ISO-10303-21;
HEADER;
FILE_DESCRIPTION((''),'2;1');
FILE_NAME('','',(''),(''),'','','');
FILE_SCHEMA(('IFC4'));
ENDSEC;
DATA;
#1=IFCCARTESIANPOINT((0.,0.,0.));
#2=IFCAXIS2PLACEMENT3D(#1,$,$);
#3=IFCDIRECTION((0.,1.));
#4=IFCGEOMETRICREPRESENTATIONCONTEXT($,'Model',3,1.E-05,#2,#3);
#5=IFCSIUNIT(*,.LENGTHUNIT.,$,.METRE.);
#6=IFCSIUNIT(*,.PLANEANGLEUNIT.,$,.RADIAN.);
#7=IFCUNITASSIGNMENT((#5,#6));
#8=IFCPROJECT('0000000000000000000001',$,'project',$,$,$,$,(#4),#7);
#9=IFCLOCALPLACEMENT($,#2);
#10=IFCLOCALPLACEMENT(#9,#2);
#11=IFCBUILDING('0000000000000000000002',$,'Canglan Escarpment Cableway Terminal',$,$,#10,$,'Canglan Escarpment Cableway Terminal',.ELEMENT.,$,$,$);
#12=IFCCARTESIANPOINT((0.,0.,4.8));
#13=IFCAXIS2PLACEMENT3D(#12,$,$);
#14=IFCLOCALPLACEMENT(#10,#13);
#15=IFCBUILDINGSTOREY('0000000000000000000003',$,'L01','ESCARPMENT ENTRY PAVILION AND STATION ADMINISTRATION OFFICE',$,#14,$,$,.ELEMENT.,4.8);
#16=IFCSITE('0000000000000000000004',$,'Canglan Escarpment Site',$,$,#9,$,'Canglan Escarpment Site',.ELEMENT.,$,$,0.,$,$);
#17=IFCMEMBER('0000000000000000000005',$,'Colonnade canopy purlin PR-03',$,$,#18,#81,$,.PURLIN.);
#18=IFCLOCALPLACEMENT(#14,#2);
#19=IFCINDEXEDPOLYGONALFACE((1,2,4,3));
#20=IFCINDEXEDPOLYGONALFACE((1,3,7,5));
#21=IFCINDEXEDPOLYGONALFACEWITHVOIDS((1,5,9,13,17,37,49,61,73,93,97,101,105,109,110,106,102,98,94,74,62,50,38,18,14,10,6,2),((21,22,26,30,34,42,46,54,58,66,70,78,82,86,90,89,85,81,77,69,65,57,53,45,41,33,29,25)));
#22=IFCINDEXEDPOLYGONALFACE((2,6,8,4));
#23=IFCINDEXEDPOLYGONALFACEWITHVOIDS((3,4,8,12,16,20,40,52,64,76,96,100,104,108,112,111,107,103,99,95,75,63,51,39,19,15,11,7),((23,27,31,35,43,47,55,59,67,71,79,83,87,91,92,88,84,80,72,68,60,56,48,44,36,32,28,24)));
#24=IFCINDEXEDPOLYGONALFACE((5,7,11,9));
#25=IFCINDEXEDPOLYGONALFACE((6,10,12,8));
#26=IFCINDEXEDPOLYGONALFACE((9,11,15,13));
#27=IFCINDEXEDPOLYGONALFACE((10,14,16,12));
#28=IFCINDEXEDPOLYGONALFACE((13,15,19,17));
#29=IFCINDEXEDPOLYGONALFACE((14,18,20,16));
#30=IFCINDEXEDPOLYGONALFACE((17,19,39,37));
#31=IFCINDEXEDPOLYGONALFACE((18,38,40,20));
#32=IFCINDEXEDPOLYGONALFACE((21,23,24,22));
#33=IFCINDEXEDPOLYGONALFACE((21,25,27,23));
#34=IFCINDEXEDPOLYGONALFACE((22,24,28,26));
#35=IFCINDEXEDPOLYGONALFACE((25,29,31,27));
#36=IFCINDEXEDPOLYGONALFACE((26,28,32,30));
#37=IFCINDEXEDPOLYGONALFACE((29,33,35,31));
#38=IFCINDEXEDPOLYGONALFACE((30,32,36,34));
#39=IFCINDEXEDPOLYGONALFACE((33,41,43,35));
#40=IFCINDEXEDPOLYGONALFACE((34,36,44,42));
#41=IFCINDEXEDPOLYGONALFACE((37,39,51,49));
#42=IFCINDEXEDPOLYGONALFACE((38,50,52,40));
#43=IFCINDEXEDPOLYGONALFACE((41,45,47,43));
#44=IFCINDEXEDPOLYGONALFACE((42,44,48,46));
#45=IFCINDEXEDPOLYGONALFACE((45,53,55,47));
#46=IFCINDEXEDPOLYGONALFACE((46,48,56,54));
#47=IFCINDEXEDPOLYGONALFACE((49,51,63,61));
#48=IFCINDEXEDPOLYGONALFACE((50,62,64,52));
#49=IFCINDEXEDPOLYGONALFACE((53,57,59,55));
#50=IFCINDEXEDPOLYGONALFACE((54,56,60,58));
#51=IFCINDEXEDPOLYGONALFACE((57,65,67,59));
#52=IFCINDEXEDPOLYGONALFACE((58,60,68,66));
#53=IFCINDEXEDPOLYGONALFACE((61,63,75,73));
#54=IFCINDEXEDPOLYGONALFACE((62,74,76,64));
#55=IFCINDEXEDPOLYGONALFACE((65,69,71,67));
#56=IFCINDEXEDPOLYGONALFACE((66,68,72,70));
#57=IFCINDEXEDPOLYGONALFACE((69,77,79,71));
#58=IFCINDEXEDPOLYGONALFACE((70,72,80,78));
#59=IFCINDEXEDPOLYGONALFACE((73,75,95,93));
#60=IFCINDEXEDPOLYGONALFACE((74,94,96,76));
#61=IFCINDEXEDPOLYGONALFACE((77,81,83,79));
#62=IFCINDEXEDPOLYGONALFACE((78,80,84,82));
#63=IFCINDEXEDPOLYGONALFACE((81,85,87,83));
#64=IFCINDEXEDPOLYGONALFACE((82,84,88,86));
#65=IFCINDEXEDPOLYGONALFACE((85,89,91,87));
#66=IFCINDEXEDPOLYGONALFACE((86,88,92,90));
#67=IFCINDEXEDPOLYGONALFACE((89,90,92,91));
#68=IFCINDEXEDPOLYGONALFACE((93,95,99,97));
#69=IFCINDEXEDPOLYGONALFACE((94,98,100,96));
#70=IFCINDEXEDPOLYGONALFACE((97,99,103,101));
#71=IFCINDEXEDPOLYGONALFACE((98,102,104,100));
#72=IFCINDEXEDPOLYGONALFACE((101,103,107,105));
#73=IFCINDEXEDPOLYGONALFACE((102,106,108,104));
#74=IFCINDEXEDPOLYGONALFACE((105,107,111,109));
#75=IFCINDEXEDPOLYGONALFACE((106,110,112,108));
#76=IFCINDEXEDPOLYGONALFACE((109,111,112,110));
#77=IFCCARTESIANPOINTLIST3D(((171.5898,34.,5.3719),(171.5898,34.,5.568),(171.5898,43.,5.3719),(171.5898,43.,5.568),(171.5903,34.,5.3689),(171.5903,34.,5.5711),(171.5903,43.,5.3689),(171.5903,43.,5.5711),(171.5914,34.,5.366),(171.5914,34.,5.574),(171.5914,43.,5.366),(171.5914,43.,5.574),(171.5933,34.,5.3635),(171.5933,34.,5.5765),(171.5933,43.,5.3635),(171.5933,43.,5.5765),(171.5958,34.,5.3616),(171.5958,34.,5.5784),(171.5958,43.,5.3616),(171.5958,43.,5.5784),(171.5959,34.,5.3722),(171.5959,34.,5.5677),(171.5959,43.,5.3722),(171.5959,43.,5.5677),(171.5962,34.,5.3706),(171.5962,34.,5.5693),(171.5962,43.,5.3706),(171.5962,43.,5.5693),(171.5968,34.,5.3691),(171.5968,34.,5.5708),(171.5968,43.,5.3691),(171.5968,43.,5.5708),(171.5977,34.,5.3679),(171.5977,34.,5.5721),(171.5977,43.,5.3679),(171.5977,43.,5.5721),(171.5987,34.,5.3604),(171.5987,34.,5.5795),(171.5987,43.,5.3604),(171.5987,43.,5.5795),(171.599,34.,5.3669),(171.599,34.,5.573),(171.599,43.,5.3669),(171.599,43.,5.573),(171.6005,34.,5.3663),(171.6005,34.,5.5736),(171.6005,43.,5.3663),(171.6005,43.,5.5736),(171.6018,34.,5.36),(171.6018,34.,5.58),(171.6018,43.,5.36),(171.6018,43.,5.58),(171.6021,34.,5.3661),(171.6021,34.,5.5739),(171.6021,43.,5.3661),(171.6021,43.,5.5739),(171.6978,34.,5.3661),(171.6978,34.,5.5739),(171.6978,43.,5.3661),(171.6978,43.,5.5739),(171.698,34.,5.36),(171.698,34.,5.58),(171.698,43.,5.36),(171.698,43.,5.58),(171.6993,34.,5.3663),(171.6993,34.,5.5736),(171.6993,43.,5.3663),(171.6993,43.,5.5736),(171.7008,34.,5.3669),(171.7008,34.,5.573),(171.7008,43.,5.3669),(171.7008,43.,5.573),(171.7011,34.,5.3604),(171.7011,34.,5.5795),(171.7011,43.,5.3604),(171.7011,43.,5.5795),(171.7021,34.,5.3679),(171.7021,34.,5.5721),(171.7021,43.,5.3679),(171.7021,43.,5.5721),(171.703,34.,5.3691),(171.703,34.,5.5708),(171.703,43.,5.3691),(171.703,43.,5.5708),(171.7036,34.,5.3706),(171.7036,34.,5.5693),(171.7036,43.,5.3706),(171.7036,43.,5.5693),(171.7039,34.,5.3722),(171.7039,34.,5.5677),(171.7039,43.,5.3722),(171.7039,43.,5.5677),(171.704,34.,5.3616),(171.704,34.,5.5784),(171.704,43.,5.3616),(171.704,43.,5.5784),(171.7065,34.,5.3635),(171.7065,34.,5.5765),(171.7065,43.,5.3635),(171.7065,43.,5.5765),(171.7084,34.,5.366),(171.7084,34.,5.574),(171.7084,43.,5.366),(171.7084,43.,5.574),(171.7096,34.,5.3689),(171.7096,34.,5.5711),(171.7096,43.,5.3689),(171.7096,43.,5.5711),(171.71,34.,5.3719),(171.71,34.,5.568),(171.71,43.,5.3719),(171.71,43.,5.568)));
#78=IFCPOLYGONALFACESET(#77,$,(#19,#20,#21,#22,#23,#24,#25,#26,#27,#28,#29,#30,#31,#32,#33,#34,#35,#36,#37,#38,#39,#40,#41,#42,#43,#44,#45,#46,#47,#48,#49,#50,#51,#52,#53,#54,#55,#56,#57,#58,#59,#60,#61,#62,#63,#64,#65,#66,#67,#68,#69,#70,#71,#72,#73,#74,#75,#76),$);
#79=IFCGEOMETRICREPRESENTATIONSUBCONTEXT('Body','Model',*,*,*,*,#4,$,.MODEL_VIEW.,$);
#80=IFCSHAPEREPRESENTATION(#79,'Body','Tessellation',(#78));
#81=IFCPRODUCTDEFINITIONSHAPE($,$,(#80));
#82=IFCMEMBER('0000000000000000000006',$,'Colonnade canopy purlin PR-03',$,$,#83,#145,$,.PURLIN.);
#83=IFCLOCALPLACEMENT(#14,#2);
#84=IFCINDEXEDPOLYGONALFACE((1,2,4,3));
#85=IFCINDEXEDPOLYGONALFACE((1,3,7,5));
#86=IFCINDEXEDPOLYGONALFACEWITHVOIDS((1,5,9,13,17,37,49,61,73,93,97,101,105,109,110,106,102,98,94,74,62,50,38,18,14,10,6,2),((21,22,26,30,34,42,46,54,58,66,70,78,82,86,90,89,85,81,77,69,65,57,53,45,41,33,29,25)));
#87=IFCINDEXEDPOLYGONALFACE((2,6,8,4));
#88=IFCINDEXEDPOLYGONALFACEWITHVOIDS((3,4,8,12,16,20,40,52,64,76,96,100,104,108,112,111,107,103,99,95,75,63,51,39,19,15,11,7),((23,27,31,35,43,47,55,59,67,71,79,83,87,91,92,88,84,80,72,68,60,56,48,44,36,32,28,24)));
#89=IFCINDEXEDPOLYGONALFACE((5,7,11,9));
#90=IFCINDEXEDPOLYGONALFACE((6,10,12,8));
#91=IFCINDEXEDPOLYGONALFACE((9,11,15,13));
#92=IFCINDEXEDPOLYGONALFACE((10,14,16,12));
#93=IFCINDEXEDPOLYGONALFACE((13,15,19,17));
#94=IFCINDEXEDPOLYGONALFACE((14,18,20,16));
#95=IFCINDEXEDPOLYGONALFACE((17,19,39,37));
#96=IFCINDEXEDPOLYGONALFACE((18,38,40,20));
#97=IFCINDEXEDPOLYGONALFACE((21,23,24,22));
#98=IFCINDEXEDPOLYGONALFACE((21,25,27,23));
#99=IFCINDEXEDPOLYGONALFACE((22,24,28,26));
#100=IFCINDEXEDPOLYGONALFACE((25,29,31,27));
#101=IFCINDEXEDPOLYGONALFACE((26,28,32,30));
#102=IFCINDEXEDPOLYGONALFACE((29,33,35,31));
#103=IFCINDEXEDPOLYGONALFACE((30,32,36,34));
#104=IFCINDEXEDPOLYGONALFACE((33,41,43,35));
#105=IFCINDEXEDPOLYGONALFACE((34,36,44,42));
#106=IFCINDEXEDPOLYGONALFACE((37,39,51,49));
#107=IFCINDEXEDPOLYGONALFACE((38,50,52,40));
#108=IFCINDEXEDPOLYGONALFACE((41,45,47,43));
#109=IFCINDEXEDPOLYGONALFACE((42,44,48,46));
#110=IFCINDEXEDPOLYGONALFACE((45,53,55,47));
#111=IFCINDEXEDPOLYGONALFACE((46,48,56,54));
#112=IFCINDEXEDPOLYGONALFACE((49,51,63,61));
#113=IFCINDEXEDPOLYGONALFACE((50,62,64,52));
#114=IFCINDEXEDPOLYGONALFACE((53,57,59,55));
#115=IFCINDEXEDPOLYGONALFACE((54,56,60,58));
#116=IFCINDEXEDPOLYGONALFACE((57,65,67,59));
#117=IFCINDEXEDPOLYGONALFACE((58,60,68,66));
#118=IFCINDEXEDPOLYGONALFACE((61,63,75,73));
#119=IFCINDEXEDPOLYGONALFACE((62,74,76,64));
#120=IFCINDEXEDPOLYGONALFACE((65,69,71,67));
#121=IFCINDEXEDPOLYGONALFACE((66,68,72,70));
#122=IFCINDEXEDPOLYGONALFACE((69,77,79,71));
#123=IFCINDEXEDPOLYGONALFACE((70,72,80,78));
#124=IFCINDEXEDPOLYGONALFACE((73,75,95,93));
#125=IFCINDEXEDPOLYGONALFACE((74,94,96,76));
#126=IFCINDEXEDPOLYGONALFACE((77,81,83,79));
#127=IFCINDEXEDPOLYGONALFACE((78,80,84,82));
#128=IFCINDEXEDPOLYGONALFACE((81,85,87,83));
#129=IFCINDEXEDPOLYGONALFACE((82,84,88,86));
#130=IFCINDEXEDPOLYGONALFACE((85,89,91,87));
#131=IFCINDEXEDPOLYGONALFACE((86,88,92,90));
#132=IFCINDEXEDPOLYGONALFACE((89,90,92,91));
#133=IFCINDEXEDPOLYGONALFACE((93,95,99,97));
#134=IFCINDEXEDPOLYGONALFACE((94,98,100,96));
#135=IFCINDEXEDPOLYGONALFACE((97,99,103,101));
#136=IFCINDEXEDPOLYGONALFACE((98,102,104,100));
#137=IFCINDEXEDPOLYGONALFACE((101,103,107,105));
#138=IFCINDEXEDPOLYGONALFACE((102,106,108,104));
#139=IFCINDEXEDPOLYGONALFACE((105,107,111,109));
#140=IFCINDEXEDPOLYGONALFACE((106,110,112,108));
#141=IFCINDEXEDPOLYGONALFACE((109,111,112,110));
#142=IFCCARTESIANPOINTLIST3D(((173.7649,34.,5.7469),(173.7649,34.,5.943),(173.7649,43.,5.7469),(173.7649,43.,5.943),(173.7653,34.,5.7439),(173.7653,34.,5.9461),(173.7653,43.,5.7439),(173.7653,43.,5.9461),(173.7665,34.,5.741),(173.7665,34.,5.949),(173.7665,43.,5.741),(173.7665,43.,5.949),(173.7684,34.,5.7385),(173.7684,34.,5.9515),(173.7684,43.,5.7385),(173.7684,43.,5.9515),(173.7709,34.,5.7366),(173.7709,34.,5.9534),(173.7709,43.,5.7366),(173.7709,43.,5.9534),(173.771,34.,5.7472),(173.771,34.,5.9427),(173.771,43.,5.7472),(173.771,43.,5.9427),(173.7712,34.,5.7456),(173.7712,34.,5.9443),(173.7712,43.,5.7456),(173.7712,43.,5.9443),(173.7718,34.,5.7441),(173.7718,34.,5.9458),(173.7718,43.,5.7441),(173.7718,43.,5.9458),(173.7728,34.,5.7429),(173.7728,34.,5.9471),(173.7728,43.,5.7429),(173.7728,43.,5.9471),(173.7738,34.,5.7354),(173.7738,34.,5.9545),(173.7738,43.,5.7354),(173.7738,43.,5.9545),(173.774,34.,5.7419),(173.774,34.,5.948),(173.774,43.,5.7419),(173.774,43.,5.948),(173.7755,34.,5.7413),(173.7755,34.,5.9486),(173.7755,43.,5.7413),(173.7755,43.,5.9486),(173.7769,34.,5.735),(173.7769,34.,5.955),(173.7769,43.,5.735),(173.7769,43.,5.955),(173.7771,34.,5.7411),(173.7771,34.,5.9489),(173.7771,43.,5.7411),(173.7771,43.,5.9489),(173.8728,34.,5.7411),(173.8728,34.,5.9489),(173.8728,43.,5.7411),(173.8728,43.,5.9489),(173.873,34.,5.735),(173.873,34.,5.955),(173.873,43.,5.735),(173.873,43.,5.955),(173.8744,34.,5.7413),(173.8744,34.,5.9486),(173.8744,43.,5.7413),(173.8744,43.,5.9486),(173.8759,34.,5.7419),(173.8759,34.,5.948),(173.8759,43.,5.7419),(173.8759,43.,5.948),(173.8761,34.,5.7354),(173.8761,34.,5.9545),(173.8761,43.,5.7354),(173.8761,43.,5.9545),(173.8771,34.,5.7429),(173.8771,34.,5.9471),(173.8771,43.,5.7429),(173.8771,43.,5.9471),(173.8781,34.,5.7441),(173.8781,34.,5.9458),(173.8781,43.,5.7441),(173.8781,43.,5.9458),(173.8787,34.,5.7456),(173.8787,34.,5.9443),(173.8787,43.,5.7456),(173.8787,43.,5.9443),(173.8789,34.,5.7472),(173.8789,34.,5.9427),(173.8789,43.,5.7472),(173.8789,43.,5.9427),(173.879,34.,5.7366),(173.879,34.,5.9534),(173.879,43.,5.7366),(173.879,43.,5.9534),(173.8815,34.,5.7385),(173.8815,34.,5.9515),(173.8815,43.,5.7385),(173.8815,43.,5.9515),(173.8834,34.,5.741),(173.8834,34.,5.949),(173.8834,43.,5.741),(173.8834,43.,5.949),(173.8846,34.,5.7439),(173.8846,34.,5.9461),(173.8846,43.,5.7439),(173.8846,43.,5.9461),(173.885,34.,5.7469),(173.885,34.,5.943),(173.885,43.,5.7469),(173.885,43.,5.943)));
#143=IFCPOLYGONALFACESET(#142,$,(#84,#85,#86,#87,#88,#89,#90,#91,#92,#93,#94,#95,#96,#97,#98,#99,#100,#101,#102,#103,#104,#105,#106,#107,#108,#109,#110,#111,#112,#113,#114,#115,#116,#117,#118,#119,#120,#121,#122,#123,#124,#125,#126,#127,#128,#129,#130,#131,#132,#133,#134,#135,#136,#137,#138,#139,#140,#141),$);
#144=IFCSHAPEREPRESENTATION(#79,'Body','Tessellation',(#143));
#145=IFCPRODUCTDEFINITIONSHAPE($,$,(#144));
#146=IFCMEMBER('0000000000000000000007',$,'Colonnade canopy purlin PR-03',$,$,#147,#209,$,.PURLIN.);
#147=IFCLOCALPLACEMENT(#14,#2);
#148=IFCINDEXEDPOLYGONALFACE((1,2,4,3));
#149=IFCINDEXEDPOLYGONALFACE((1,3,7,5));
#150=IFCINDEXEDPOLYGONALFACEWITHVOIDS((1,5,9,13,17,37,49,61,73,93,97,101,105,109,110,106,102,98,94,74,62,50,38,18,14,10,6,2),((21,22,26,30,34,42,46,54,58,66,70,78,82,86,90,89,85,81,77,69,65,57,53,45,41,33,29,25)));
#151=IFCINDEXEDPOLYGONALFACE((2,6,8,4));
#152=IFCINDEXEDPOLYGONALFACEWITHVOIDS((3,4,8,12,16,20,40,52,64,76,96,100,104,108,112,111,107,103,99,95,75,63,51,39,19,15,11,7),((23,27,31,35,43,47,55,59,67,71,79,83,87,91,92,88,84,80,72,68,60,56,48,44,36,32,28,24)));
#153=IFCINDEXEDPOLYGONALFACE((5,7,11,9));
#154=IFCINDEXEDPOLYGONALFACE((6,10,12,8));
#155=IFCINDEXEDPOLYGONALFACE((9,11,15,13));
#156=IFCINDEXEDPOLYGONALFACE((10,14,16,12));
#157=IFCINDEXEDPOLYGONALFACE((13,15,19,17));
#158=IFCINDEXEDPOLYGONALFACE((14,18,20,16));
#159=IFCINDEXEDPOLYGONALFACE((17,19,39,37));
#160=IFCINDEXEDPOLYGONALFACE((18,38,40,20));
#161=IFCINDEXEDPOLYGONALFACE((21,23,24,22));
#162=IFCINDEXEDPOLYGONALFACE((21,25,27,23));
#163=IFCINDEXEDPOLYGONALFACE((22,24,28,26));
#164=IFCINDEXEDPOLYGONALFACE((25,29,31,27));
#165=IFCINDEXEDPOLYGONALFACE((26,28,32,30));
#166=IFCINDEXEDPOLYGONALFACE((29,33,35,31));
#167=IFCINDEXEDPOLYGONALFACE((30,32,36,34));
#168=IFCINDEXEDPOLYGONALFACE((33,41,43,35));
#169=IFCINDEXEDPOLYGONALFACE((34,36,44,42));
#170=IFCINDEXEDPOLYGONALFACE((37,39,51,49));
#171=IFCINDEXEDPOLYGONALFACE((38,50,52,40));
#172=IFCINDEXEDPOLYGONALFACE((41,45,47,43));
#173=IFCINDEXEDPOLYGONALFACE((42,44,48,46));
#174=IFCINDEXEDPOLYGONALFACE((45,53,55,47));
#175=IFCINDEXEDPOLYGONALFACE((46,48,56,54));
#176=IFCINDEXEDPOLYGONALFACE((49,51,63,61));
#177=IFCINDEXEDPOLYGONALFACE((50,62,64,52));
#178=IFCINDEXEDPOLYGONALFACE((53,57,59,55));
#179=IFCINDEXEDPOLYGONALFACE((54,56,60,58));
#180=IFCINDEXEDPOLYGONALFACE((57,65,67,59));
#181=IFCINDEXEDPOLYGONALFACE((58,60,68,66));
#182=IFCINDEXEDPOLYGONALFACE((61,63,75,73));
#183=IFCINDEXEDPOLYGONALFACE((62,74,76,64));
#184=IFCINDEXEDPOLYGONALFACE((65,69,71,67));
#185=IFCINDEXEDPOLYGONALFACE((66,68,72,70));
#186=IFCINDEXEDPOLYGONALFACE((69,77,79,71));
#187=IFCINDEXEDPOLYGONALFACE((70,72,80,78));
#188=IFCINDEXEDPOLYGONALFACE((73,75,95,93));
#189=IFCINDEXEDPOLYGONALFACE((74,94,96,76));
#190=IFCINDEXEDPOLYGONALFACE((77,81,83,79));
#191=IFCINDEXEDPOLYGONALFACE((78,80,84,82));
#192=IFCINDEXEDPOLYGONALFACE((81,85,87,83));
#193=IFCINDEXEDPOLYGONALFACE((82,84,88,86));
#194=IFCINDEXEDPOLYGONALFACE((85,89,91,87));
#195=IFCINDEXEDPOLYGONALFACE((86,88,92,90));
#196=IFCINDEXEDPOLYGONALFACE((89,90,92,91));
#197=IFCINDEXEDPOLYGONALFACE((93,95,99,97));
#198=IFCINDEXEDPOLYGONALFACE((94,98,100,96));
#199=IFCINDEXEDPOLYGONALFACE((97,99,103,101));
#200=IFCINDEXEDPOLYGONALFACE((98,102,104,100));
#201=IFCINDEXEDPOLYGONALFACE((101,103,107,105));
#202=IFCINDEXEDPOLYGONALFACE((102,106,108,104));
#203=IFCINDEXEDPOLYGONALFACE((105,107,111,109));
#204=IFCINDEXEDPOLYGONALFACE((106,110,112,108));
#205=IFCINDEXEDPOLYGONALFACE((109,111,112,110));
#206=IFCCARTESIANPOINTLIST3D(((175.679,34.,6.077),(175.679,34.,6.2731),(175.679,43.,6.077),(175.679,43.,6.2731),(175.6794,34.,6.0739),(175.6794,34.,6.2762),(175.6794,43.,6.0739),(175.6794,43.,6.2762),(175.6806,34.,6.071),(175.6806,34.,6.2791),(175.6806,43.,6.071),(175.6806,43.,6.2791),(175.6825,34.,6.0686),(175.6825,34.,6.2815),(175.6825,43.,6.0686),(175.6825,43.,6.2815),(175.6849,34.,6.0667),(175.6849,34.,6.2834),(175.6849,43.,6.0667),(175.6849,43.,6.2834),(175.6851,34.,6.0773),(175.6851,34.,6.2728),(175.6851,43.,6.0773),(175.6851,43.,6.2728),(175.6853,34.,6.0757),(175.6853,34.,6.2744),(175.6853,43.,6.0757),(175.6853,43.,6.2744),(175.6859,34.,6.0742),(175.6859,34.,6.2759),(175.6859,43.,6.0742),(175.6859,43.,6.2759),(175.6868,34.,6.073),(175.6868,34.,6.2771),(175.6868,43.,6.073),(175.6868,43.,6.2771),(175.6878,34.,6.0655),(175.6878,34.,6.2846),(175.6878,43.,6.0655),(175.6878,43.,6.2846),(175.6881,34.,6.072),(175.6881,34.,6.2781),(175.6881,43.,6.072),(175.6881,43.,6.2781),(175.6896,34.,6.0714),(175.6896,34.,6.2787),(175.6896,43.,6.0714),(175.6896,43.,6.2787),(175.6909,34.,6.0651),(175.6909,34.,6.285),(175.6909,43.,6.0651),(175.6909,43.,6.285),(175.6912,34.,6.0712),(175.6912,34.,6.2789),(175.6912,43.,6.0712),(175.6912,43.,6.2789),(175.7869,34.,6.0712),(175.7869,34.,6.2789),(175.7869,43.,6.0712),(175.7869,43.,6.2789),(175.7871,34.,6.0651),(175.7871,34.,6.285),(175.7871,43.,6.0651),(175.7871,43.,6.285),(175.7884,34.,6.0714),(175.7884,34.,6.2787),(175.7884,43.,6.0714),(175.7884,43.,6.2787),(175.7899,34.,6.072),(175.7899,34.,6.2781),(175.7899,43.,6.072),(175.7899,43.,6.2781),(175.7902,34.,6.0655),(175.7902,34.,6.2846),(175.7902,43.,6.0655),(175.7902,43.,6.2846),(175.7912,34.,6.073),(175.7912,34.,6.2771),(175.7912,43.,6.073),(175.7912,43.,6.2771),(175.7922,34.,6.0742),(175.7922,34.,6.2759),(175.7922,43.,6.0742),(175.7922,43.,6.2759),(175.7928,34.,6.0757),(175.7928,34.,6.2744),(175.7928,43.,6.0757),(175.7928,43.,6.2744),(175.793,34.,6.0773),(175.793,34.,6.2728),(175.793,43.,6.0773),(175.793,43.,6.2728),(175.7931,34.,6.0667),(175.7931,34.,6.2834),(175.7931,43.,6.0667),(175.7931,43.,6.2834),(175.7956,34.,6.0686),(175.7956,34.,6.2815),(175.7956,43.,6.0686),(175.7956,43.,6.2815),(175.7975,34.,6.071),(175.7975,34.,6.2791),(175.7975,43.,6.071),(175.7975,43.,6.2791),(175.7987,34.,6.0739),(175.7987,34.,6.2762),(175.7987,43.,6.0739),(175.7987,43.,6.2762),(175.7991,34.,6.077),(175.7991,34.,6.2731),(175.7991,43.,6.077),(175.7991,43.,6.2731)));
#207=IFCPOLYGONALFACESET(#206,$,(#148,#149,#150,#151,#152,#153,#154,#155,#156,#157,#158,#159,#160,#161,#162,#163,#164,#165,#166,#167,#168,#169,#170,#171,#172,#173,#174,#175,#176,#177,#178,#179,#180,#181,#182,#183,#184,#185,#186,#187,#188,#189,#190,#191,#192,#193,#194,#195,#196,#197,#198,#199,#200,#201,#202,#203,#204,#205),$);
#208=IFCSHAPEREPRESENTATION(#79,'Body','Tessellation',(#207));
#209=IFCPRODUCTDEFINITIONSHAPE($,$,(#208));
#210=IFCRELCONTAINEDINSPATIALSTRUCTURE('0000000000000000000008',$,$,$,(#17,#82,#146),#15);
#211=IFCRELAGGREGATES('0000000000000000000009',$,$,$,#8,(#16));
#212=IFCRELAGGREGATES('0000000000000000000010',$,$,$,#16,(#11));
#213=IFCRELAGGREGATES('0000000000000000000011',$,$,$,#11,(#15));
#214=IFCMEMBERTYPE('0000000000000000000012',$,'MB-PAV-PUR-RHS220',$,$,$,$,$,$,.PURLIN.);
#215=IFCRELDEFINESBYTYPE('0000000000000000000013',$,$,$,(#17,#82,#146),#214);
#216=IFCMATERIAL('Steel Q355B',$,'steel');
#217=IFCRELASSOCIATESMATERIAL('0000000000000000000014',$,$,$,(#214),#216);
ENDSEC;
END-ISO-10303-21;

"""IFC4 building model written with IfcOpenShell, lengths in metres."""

from ifc_helpers import new_model, si_unit, direction, frame, origin, origin_2d, place, context, subcontext, project, spatial, hollow_rectangle, extrude, material, material_profile, profile_set, type_object, element, save


model = new_model("IFC4")

# Units and contexts
model_context = context("Model", 3, precision=1e-05, world=origin(), true_north=direction((0.0, 1.0)))
body_context = subcontext(model_context, "Body", "Model", "MODEL_VIEW")
ifc_project = project(units=[si_unit("LENGTHUNIT", "METRE"), si_unit("PLANEANGLEUNIT", "RADIAN")], contexts=[model_context])

# Site, building, storey
site_placement = place(None, origin())
site = spatial("IfcSite", under=ifc_project, at=site_placement, Name="Canglan Escarpment Site", LongName="Canglan Escarpment Site", CompositionType="ELEMENT", RefElevation=0.0)
building_placement = place(site_placement, origin())
building = spatial("IfcBuilding", under=site, at=building_placement, Name="Canglan Escarpment Cableway Terminal", LongName="Canglan Escarpment Cableway Terminal", CompositionType="ELEMENT")
storey_placement = place(building_placement, frame((0.0, 0.0, 4.8)))
storey = spatial("IfcBuildingStorey", under=building, at=storey_placement, Name="L01", Description="ESCARPMENT ENTRY PAVILION AND STATION ADMINISTRATION OFFICE", CompositionType="ELEMENT", Elevation=4.8)

# Shared definitions
ifc_material_1 = material(Name="Steel Q355B", Category="steel")

# Members
ifc_material_profile_1 = material_profile(ifc_material_1, hollow_rectangle(XDim=0.1201, YDim=0.22, WallThickness=0.0061, InnerFilletRadius=0.0061, OuterFilletRadius=0.012, at=origin_2d()), Name="RHS 220x120x6")
ifc_profile_set_1 = profile_set([ifc_material_profile_1], Name="Steel Q355B")
member_type = type_object("IfcMemberType", Name="MB-PAV-PUR-RHS220", PredefinedType="PURLIN", material=ifc_profile_set_1)
for number, where, z_axis, x_axis, name in (
    (1, (171.6499, 34.0, 5.47), (0.0, 1.0, 0.0), (-1.0, 0.0, 0.0), "Colonnade canopy purlin PR-03"),
    (2, (173.825, 34.0, 5.845), (0.0, 1.0, 0.0), (-1.0, 0.0, 0.0), "Colonnade canopy purlin PR-03"),
    (3, (175.739, 34.0, 6.175), (0.0, 1.0, 0.0), (-1.0, 0.0, 0.0), "Colonnade canopy purlin PR-03"),
):
    element("IfcMember", number, at=place(storey_placement, frame(where, z_axis=z_axis, x_axis=x_axis)), inside=storey, type_object=member_type, Name=name, PredefinedType="PURLIN", context=body_context, shape_type="SweptSolid", body=[
        extrude(hollow_rectangle(XDim=0.1201, YDim=0.22, WallThickness=0.0061, InnerFilletRadius=0.0061, OuterFilletRadius=0.012, at=origin_2d()), origin(), (0.0, 0.0, 1.0), 9.0),
    ])

save(model, "model.ifc")
